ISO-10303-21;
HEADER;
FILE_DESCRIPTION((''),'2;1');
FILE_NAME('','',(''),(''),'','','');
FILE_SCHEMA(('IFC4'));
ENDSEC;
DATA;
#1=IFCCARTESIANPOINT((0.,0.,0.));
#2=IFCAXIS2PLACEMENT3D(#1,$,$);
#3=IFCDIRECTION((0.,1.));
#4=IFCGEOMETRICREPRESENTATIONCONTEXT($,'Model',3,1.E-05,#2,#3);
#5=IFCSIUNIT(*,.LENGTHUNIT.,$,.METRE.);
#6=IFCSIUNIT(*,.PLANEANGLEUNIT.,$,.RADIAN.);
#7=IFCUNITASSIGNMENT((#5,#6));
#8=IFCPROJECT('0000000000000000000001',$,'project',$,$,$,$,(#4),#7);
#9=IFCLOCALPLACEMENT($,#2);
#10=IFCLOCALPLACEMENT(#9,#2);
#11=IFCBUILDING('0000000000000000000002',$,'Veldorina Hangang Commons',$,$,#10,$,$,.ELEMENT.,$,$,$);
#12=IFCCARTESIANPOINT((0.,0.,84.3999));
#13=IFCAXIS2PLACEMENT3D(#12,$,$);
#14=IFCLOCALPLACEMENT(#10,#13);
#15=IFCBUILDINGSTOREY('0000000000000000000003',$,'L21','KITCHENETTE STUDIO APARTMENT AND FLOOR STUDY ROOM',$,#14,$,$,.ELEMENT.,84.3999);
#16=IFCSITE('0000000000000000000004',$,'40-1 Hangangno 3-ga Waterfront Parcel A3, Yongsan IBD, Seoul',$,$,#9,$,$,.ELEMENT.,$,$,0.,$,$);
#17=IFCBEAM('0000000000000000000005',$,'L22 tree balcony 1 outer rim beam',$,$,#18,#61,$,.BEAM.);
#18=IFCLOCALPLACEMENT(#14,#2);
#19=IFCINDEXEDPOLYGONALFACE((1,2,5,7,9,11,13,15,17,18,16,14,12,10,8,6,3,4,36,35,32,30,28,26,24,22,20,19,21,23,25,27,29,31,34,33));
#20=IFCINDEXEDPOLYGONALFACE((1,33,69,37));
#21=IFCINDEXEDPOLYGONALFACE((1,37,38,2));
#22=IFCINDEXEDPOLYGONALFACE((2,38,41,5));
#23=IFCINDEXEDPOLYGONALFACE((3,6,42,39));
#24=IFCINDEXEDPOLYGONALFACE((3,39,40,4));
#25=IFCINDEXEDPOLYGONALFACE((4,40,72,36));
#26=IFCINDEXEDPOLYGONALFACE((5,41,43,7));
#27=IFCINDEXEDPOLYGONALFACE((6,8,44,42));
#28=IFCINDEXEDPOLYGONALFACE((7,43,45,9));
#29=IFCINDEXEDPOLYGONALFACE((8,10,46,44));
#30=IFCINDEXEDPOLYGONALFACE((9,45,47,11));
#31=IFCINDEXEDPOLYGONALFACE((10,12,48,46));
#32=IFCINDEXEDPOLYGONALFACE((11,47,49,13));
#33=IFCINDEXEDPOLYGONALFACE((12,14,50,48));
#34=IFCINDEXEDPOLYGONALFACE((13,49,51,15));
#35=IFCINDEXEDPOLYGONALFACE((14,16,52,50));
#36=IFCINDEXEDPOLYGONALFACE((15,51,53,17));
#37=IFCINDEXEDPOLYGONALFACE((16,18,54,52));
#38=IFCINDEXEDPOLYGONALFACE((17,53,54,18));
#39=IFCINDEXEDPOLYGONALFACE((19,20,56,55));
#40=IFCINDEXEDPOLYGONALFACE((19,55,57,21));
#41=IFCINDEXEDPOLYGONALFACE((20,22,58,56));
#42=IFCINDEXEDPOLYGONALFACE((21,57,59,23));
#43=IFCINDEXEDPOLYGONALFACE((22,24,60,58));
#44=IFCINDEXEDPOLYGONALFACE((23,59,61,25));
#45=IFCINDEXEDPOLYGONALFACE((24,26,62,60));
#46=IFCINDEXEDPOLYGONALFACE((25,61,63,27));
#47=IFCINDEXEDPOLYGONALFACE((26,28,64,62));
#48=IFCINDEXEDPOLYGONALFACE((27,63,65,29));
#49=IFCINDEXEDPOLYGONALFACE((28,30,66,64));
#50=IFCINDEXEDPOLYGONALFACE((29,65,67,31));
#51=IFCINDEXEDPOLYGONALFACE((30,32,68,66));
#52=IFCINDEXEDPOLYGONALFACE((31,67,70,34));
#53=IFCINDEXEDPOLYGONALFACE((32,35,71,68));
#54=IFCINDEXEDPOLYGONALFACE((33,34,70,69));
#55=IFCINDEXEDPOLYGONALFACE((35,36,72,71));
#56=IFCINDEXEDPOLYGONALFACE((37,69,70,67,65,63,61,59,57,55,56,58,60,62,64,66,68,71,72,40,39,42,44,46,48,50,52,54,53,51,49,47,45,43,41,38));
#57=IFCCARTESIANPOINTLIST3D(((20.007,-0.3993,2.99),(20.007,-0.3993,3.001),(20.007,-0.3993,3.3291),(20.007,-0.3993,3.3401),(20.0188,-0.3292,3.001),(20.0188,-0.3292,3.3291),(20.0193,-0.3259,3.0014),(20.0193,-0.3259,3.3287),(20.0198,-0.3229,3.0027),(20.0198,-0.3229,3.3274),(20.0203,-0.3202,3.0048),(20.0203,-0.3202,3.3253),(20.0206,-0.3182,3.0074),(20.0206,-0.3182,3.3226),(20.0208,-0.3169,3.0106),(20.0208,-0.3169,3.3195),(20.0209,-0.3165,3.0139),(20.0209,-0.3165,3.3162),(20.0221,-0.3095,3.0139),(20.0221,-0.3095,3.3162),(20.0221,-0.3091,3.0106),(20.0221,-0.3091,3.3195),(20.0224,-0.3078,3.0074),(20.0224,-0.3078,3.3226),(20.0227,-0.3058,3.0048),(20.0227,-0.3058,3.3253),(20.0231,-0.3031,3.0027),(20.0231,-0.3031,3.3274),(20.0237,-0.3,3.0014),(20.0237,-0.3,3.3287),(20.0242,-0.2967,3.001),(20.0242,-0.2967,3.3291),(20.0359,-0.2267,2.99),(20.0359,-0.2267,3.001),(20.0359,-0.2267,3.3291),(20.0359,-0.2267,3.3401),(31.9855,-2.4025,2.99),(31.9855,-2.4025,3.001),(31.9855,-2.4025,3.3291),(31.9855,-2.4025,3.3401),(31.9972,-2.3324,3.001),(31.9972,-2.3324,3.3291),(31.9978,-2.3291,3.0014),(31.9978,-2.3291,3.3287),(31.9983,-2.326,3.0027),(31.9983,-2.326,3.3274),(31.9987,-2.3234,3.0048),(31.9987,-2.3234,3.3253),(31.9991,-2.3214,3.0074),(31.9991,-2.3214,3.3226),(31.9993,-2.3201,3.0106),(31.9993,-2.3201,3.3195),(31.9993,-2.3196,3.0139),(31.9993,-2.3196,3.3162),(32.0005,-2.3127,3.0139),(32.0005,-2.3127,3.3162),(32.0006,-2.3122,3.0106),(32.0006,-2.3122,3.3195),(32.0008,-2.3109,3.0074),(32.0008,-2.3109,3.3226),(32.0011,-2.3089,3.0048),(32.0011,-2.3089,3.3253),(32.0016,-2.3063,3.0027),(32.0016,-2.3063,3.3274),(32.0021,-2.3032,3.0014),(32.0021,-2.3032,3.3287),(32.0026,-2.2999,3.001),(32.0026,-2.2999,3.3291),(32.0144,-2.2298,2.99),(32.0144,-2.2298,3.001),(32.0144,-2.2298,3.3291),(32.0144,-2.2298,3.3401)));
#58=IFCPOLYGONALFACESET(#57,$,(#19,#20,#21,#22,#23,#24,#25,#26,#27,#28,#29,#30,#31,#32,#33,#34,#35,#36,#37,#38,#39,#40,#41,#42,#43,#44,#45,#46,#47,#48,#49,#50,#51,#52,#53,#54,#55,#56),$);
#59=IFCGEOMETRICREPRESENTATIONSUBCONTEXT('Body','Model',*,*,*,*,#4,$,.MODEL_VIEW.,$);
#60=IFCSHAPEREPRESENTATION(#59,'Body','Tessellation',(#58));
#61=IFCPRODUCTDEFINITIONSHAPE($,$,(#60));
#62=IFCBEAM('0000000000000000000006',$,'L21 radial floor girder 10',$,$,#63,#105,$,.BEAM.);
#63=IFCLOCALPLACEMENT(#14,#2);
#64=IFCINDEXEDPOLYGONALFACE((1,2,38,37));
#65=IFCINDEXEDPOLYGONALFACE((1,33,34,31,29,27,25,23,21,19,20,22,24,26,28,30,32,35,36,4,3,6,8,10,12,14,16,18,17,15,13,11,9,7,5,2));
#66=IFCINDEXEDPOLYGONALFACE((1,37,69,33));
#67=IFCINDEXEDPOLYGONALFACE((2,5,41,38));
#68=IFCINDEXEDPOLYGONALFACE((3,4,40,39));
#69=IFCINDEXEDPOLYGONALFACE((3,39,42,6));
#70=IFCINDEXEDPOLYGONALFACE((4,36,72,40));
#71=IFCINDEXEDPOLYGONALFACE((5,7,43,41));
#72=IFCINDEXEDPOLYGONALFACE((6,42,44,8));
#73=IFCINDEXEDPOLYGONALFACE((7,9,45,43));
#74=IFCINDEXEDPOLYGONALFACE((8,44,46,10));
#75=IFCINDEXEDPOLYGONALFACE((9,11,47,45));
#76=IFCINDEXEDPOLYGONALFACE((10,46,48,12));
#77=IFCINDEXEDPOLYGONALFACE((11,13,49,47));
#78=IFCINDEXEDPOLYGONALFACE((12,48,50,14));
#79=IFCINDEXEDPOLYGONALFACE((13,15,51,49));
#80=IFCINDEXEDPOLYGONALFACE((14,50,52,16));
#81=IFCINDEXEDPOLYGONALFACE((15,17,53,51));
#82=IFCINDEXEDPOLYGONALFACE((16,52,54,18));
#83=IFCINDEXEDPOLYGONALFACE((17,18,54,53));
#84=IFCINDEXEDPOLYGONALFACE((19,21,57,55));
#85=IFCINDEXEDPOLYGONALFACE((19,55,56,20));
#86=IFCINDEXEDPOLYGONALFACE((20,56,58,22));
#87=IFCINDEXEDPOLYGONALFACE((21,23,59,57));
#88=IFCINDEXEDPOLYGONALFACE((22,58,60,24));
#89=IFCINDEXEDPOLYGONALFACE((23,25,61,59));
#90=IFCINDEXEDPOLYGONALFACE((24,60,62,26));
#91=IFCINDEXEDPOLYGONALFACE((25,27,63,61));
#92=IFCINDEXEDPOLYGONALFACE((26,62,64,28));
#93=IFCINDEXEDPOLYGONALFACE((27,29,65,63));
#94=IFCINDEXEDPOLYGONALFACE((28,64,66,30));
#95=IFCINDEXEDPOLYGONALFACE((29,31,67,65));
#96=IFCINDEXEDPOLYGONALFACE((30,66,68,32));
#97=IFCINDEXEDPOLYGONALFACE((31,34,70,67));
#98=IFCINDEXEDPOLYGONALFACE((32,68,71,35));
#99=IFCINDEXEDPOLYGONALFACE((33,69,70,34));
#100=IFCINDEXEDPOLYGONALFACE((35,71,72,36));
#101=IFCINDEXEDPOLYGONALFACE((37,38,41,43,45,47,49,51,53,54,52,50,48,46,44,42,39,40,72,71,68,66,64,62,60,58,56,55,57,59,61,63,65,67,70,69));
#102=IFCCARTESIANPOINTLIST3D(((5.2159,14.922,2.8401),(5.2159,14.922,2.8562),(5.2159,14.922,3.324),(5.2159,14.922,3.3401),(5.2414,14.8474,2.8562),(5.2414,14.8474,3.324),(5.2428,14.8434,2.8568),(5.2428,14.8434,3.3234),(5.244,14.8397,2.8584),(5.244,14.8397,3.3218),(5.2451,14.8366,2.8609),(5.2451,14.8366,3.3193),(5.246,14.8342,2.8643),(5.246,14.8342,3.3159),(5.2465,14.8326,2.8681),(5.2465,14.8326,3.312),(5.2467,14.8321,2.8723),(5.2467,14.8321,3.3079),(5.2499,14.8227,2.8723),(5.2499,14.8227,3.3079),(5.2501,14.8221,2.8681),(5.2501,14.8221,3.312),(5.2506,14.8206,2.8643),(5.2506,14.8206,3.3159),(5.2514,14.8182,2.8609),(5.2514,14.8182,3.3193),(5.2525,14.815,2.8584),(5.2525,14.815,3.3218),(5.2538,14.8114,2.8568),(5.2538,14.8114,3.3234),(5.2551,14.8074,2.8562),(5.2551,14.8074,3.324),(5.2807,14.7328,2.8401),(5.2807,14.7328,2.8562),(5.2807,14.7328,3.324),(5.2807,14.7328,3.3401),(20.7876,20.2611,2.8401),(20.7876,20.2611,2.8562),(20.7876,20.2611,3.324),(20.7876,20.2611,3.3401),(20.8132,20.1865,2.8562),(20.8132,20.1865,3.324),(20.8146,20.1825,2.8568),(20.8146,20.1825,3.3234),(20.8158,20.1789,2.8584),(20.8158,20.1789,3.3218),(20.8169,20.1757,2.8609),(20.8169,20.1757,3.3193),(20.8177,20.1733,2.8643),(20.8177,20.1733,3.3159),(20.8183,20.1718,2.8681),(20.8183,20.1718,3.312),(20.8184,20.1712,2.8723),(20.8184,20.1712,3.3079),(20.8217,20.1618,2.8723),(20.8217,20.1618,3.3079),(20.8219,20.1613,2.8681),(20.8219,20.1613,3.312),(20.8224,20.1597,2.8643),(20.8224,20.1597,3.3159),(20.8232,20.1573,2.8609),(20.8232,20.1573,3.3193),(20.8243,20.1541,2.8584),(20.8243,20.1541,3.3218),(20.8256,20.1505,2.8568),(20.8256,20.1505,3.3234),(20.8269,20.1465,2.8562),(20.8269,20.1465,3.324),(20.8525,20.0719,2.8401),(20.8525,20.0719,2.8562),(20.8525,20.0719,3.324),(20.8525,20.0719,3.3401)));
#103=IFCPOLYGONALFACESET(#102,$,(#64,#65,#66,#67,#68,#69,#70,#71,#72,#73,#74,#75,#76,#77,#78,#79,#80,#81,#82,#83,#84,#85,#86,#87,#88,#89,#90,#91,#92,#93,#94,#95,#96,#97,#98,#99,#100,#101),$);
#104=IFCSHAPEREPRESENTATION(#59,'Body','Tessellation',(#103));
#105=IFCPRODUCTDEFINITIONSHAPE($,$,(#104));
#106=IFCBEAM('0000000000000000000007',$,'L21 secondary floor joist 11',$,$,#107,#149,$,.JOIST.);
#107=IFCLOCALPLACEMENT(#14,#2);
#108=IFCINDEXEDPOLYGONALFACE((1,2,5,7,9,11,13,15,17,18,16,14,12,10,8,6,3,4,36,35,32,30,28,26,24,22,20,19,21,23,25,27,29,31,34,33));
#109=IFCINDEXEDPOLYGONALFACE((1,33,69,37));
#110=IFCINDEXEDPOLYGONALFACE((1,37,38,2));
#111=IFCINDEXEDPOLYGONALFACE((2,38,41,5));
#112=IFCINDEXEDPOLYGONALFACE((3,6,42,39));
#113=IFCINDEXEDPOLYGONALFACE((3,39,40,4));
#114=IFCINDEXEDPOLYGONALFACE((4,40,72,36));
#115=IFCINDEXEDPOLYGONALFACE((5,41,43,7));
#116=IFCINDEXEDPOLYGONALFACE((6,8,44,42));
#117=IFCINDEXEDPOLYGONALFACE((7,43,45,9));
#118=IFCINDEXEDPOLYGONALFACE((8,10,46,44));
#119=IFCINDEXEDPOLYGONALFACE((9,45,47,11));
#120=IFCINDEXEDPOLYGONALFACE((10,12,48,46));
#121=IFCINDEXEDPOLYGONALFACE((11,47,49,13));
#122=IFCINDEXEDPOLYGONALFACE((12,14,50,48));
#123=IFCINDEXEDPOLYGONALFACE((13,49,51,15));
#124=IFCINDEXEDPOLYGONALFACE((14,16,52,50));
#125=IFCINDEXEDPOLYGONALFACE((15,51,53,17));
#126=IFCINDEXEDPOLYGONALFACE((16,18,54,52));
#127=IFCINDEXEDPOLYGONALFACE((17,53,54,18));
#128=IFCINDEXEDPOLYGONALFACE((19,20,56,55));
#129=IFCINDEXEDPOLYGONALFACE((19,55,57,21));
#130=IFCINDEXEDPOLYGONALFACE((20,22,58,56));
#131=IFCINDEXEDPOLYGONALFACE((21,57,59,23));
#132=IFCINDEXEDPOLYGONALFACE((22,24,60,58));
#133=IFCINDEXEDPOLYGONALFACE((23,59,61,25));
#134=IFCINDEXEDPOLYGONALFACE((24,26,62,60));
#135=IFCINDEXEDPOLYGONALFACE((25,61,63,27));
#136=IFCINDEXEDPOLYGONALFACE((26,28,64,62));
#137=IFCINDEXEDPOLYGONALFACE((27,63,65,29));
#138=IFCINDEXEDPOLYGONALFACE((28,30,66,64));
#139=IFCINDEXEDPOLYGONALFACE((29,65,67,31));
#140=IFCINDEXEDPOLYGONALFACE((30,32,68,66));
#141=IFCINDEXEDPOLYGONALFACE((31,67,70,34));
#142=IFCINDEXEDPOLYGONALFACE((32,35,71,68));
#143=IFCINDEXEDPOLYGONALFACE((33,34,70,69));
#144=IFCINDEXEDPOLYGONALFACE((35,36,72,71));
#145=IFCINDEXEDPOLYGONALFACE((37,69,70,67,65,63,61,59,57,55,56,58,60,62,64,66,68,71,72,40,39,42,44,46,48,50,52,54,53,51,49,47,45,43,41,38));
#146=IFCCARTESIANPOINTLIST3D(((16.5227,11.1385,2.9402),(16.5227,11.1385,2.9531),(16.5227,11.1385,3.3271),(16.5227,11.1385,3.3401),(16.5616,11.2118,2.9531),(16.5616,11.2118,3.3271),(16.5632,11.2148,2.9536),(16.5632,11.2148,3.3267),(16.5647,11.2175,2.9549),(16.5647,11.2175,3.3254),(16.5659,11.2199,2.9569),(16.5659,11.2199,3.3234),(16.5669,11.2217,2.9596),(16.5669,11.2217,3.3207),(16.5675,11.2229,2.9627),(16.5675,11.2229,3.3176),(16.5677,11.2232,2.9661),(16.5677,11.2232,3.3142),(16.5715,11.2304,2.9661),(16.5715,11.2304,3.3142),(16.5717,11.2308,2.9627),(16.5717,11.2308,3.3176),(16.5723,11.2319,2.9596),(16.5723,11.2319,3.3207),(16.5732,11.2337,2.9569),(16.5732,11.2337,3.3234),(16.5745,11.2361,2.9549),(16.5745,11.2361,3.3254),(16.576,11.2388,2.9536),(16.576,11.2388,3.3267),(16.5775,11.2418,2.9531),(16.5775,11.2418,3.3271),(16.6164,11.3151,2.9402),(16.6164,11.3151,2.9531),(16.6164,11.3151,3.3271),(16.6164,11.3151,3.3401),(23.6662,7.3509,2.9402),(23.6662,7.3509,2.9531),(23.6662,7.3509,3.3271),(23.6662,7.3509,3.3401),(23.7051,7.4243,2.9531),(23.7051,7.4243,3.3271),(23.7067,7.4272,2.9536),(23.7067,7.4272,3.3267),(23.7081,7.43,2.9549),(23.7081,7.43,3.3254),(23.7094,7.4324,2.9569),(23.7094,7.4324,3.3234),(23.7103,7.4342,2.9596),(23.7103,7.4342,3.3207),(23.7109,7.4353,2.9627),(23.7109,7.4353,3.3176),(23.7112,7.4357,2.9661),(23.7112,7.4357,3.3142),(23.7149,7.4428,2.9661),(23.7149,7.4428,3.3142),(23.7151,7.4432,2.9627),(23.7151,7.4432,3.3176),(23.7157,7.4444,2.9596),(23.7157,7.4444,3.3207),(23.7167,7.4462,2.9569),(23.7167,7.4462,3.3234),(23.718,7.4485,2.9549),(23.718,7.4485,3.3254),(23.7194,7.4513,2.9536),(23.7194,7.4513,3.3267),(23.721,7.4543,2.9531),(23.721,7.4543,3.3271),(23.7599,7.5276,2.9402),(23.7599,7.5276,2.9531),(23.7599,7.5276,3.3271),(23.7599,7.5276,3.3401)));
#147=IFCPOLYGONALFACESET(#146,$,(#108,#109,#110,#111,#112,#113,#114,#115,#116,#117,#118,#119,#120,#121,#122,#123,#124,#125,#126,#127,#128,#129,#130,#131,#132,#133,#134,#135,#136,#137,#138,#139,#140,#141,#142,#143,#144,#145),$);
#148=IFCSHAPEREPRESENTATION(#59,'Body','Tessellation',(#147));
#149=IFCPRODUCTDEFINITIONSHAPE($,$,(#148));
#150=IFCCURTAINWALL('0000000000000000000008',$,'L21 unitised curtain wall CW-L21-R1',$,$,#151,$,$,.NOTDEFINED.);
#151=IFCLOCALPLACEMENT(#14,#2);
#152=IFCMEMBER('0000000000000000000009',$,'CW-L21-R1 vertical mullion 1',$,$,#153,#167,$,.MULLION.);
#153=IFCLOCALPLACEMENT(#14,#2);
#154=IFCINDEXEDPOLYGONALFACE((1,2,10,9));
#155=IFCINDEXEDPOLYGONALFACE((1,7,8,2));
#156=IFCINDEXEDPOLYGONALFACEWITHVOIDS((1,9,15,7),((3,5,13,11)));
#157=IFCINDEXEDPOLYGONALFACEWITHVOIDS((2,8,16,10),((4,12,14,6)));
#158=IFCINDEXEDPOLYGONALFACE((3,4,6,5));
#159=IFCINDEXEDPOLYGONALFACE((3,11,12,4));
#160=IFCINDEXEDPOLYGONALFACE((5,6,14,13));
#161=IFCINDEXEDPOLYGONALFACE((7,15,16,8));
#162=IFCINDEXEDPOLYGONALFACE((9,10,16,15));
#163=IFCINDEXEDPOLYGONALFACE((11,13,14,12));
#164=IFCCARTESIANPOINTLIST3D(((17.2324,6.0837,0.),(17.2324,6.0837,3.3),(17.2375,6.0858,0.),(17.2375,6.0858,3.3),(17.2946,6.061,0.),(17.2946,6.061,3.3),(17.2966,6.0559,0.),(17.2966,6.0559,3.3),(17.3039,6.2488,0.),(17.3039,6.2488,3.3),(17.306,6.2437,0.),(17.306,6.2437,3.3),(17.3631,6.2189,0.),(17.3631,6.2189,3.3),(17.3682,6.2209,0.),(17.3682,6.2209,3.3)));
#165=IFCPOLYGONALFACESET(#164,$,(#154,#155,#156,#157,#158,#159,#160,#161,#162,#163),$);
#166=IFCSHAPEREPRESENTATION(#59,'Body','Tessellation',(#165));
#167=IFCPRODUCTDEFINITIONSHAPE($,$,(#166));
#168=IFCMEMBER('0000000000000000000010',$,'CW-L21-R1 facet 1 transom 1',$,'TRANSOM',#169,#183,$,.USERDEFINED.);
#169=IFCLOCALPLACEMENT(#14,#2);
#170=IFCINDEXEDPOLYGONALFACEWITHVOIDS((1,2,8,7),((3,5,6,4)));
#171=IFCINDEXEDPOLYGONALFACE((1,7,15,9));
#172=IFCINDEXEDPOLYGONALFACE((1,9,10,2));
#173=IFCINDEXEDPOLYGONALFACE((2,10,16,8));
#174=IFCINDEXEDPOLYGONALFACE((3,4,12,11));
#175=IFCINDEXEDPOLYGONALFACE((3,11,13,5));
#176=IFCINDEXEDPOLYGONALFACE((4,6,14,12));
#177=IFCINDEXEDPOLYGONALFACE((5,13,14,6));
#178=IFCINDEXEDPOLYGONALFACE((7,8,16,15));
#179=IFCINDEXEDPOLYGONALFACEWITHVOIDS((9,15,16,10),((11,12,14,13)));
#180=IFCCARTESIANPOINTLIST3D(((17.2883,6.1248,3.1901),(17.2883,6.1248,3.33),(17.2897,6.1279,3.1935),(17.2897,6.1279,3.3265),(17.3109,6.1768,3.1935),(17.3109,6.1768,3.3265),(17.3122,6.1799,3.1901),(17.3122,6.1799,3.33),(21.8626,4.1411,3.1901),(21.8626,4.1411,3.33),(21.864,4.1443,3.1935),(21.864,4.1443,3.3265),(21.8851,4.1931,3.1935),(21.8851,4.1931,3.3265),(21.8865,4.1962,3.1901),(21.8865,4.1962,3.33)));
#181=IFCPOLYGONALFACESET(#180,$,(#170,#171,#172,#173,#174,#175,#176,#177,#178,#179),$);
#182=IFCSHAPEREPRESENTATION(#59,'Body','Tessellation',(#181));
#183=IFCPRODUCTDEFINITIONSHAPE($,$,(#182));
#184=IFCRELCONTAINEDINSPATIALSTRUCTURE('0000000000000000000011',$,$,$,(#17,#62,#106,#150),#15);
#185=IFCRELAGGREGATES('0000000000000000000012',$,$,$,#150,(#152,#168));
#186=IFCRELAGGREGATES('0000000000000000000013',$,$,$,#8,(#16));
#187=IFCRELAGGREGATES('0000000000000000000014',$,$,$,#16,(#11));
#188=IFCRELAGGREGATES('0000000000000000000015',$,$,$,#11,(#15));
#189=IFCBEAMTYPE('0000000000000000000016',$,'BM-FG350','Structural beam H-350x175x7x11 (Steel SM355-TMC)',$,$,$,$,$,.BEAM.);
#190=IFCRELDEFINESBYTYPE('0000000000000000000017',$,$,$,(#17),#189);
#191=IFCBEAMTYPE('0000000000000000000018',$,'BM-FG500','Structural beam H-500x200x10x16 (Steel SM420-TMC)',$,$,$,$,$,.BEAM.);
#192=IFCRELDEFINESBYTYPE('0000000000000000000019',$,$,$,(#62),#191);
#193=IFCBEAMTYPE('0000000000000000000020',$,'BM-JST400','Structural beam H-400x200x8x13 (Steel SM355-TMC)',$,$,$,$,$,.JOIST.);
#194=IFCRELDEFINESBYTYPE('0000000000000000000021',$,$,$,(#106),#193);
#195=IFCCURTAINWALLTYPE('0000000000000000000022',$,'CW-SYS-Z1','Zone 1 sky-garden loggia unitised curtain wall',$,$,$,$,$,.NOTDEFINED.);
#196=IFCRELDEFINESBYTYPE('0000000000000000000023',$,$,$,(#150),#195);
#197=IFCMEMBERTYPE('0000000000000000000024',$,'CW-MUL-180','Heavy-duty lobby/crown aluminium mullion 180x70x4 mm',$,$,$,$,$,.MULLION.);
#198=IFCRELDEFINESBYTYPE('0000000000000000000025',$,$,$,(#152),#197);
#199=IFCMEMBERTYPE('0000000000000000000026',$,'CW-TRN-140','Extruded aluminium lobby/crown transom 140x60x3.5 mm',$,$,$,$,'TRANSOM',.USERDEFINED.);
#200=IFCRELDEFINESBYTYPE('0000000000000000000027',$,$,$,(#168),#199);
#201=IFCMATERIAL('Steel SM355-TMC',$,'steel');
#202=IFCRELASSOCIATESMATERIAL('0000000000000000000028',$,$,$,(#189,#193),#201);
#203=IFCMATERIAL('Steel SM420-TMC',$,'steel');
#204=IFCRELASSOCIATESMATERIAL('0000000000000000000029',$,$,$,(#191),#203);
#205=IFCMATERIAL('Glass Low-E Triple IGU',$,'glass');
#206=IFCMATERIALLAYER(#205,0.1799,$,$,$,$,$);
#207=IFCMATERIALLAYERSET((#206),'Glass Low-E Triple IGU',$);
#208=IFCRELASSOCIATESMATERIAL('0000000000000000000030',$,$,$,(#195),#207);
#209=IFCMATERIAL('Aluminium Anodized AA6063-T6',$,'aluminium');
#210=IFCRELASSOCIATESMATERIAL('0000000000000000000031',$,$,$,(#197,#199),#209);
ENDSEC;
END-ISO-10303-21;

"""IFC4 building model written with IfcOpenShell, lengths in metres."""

from ifc_helpers import new_model, si_unit, direction, frame, origin, origin_2d, place, context, subcontext, project, spatial, hollow_rectangle, i_section, extrude, material, layer, layer_set, material_profile, profile_set, type_object, element, aggregate, save


model = new_model("IFC4")

# Units and contexts
model_context = context("Model", 3, precision=1e-05, world=origin(), true_north=direction((0.0, 1.0)))
body_context = subcontext(model_context, "Body", "Model", "MODEL_VIEW")
ifc_project = project(units=[si_unit("LENGTHUNIT", "METRE"), si_unit("PLANEANGLEUNIT", "RADIAN")], contexts=[model_context])

# Site, building, storey
site_placement = place(None, origin())
site = spatial("IfcSite", under=ifc_project, at=site_placement, Name="40-1 Hangangno 3-ga Waterfront Parcel A3, Yongsan IBD, Seoul", CompositionType="ELEMENT", RefElevation=0.0)
building_placement = place(site_placement, origin())
building = spatial("IfcBuilding", under=site, at=building_placement, Name="Veldorina Hangang Commons", CompositionType="ELEMENT")
storey_placement = place(building_placement, frame((0.0, 0.0, 84.3999)))
storey = spatial("IfcBuildingStorey", under=building, at=storey_placement, Name="L21", Description="KITCHENETTE STUDIO APARTMENT AND FLOOR STUDY ROOM", CompositionType="ELEMENT", Elevation=84.3999)

# Beams
ifc_material_1 = material(Name="Steel SM355-TMC", Category="steel")
ifc_material_profile_1 = material_profile(ifc_material_1, i_section(OverallWidth=0.175, OverallDepth=0.3501, WebThickness=0.0071, FlangeThickness=0.011, FilletRadius=0.0129, at=origin_2d()), Name="H-350x175x7x11")
ifc_profile_set_1 = profile_set([ifc_material_profile_1], Name="Steel SM355-TMC")
beam_type_1 = type_object("IfcBeamType", Name="BM-FG350", Description="Structural beam H-350x175x7x11 (Steel SM355-TMC)", PredefinedType="BEAM", material=ifc_profile_set_1)
beam_1_placement = place(storey_placement, frame((20.0215, -0.313, 3.165), z_axis=(0.986304, -0.16494, 0.0), x_axis=(0.16494, 0.986304, 0.0)))
element("IfcBeam", 1, at=beam_1_placement, inside=storey, type_object=beam_type_1, Name="L22 tree balcony 1 outer rim beam", PredefinedType="BEAM", context=body_context, shape_type="SweptSolid", body=[
    extrude(i_section(OverallWidth=0.175, OverallDepth=0.3501, WebThickness=0.0071, FlangeThickness=0.011, FilletRadius=0.0129, at=origin_2d()), origin(), (0.0, 0.0, 1.0), 12.1448),
])
ifc_material_2 = material(Name="Steel SM420-TMC", Category="steel")
ifc_material_profile_2 = material_profile(ifc_material_2, i_section(OverallWidth=0.2, OverallDepth=0.5, WebThickness=0.01, FlangeThickness=0.0161, FilletRadius=0.0161, at=origin_2d()), Name="H-500x200x10x16")
ifc_profile_set_2 = profile_set([ifc_material_profile_2], Name="Steel SM420-TMC")
beam_type_2 = type_object("IfcBeamType", Name="BM-FG500", Description="Structural beam H-500x200x10x16 (Steel SM420-TMC)", PredefinedType="BEAM", material=ifc_profile_set_2)
beam_2_placement = place(storey_placement, frame((20.8201, 20.1665, 3.0901), z_axis=(-0.945942, -0.324336, 0.0), x_axis=(0.324336, -0.945942, 0.0)))
element("IfcBeam", 2, at=beam_2_placement, inside=storey, type_object=beam_type_2, Name="L21 radial floor girder 10", PredefinedType="BEAM", context=body_context, shape_type="SweptSolid", body=[
    extrude(i_section(OverallWidth=0.2, OverallDepth=0.5, WebThickness=0.01, FlangeThickness=0.0161, FilletRadius=0.0161, at=origin_2d()), origin(), (0.0, 0.0, 1.0), 16.4617),
])
ifc_material_profile_3 = material_profile(ifc_material_1, i_section(OverallWidth=0.2, OverallDepth=0.3999, WebThickness=0.0081, FlangeThickness=0.0129, FilletRadius=0.0129, at=origin_2d()), Name="H-400x200x8x13")
ifc_profile_set_3 = profile_set([ifc_material_profile_3], Name="Steel SM355-TMC")
beam_type_3 = type_object("IfcBeamType", Name="BM-JST400", Description="Structural beam H-400x200x8x13 (Steel SM355-TMC)", PredefinedType="JOIST", material=ifc_profile_set_3)
beam_3_placement = place(storey_placement, frame((16.5696, 11.2268, 3.1401), z_axis=(0.883495, -0.46844, 0.0), x_axis=(0.46844, 0.883495, 0.0)))
element("IfcBeam", 3, at=beam_3_placement, inside=storey, type_object=beam_type_3, Name="L21 secondary floor joist 11", PredefinedType="JOIST", context=body_context, shape_type="SweptSolid", body=[
    extrude(i_section(OverallWidth=0.2, OverallDepth=0.3999, WebThickness=0.0081, FlangeThickness=0.0129, FilletRadius=0.0129, at=origin_2d()), origin(), (0.0, 0.0, 1.0), 8.0854),
])

# Curtain wall, members
ifc_material_3 = material(Name="Glass Low-E Triple IGU", Category="glass")
ifc_layer_1 = layer(ifc_material_3, 0.1799)
ifc_layer_set_1 = layer_set([ifc_layer_1], Name="Glass Low-E Triple IGU")
curtain_wall_type = type_object("IfcCurtainWallType", Name="CW-SYS-Z1", Description="Zone 1 sky-garden loggia unitised curtain wall", PredefinedType="NOTDEFINED", material=ifc_layer_set_1)
curtain_wall_placement = place(storey_placement, origin())
curtain_wall = element("IfcCurtainWall", 4, at=curtain_wall_placement, inside=storey, type_object=curtain_wall_type, Name="L21 unitised curtain wall CW-L21-R1", PredefinedType="NOTDEFINED")
ifc_material_4 = material(Name="Aluminium Anodized AA6063-T6", Category="aluminium")
ifc_material_profile_4 = material_profile(ifc_material_4, hollow_rectangle(XDim=0.0701, YDim=0.1799, WallThickness=0.0039, at=origin_2d()), Name="ALU-RHS-180x70x4")
ifc_profile_set_4 = profile_set([ifc_material_profile_4], Name="Aluminium Anodized AA6063-T6")
member_type_1 = type_object("IfcMemberType", Name="CW-MUL-180", Description="Heavy-duty lobby/crown aluminium mullion 180x70x4 mm", PredefinedType="MULLION", material=ifc_profile_set_4)
member_1_placement = place(storey_placement, frame((17.3003, 6.1523, 0.0), z_axis=(0.0, 0.0, 1.0), x_axis=(0.917449, -0.397853, 0.0)))
member_1 = element("IfcMember", 5, at=member_1_placement, type_object=member_type_1, Name="CW-L21-R1 vertical mullion 1", PredefinedType="MULLION", context=body_context, shape_type="SweptSolid", body=[
    extrude(hollow_rectangle(XDim=0.0701, YDim=0.1799, WallThickness=0.0039, at=origin_2d()), origin(), (0.0, 0.0, 1.0), 3.3),
])
ifc_material_profile_5 = material_profile(ifc_material_4, hollow_rectangle(XDim=0.0601, YDim=0.1399, WallThickness=0.0034, at=origin_2d()), Name="ALU-RHS-140x60x3.5")
ifc_profile_set_5 = profile_set([ifc_material_profile_5], Name="Aluminium Anodized AA6063-T6")
member_type_2 = type_object("IfcMemberType", Name="CW-TRN-140", Description="Extruded aluminium lobby/crown transom 140x60x3.5 mm", ElementType="TRANSOM", PredefinedType="USERDEFINED", material=ifc_profile_set_5)
member_2_placement = place(storey_placement, frame((17.3003, 6.1523, 3.26), z_axis=(0.917447, -0.397858, 0.0), x_axis=(0.397858, 0.917447, 0.0)))
member_2 = element("IfcMember", 6, at=member_2_placement, type_object=member_type_2, Name="CW-L21-R1 facet 1 transom 1", ObjectType="TRANSOM", PredefinedType="USERDEFINED", context=body_context, shape_type="SweptSolid", body=[
    extrude(hollow_rectangle(XDim=0.0601, YDim=0.1399, WallThickness=0.0034, at=origin_2d()), origin(), (0.0, 0.0, 1.0), 4.9858),
])

aggregate(curtain_wall, [member_1, member_2])

save(model, "model.ifc")
